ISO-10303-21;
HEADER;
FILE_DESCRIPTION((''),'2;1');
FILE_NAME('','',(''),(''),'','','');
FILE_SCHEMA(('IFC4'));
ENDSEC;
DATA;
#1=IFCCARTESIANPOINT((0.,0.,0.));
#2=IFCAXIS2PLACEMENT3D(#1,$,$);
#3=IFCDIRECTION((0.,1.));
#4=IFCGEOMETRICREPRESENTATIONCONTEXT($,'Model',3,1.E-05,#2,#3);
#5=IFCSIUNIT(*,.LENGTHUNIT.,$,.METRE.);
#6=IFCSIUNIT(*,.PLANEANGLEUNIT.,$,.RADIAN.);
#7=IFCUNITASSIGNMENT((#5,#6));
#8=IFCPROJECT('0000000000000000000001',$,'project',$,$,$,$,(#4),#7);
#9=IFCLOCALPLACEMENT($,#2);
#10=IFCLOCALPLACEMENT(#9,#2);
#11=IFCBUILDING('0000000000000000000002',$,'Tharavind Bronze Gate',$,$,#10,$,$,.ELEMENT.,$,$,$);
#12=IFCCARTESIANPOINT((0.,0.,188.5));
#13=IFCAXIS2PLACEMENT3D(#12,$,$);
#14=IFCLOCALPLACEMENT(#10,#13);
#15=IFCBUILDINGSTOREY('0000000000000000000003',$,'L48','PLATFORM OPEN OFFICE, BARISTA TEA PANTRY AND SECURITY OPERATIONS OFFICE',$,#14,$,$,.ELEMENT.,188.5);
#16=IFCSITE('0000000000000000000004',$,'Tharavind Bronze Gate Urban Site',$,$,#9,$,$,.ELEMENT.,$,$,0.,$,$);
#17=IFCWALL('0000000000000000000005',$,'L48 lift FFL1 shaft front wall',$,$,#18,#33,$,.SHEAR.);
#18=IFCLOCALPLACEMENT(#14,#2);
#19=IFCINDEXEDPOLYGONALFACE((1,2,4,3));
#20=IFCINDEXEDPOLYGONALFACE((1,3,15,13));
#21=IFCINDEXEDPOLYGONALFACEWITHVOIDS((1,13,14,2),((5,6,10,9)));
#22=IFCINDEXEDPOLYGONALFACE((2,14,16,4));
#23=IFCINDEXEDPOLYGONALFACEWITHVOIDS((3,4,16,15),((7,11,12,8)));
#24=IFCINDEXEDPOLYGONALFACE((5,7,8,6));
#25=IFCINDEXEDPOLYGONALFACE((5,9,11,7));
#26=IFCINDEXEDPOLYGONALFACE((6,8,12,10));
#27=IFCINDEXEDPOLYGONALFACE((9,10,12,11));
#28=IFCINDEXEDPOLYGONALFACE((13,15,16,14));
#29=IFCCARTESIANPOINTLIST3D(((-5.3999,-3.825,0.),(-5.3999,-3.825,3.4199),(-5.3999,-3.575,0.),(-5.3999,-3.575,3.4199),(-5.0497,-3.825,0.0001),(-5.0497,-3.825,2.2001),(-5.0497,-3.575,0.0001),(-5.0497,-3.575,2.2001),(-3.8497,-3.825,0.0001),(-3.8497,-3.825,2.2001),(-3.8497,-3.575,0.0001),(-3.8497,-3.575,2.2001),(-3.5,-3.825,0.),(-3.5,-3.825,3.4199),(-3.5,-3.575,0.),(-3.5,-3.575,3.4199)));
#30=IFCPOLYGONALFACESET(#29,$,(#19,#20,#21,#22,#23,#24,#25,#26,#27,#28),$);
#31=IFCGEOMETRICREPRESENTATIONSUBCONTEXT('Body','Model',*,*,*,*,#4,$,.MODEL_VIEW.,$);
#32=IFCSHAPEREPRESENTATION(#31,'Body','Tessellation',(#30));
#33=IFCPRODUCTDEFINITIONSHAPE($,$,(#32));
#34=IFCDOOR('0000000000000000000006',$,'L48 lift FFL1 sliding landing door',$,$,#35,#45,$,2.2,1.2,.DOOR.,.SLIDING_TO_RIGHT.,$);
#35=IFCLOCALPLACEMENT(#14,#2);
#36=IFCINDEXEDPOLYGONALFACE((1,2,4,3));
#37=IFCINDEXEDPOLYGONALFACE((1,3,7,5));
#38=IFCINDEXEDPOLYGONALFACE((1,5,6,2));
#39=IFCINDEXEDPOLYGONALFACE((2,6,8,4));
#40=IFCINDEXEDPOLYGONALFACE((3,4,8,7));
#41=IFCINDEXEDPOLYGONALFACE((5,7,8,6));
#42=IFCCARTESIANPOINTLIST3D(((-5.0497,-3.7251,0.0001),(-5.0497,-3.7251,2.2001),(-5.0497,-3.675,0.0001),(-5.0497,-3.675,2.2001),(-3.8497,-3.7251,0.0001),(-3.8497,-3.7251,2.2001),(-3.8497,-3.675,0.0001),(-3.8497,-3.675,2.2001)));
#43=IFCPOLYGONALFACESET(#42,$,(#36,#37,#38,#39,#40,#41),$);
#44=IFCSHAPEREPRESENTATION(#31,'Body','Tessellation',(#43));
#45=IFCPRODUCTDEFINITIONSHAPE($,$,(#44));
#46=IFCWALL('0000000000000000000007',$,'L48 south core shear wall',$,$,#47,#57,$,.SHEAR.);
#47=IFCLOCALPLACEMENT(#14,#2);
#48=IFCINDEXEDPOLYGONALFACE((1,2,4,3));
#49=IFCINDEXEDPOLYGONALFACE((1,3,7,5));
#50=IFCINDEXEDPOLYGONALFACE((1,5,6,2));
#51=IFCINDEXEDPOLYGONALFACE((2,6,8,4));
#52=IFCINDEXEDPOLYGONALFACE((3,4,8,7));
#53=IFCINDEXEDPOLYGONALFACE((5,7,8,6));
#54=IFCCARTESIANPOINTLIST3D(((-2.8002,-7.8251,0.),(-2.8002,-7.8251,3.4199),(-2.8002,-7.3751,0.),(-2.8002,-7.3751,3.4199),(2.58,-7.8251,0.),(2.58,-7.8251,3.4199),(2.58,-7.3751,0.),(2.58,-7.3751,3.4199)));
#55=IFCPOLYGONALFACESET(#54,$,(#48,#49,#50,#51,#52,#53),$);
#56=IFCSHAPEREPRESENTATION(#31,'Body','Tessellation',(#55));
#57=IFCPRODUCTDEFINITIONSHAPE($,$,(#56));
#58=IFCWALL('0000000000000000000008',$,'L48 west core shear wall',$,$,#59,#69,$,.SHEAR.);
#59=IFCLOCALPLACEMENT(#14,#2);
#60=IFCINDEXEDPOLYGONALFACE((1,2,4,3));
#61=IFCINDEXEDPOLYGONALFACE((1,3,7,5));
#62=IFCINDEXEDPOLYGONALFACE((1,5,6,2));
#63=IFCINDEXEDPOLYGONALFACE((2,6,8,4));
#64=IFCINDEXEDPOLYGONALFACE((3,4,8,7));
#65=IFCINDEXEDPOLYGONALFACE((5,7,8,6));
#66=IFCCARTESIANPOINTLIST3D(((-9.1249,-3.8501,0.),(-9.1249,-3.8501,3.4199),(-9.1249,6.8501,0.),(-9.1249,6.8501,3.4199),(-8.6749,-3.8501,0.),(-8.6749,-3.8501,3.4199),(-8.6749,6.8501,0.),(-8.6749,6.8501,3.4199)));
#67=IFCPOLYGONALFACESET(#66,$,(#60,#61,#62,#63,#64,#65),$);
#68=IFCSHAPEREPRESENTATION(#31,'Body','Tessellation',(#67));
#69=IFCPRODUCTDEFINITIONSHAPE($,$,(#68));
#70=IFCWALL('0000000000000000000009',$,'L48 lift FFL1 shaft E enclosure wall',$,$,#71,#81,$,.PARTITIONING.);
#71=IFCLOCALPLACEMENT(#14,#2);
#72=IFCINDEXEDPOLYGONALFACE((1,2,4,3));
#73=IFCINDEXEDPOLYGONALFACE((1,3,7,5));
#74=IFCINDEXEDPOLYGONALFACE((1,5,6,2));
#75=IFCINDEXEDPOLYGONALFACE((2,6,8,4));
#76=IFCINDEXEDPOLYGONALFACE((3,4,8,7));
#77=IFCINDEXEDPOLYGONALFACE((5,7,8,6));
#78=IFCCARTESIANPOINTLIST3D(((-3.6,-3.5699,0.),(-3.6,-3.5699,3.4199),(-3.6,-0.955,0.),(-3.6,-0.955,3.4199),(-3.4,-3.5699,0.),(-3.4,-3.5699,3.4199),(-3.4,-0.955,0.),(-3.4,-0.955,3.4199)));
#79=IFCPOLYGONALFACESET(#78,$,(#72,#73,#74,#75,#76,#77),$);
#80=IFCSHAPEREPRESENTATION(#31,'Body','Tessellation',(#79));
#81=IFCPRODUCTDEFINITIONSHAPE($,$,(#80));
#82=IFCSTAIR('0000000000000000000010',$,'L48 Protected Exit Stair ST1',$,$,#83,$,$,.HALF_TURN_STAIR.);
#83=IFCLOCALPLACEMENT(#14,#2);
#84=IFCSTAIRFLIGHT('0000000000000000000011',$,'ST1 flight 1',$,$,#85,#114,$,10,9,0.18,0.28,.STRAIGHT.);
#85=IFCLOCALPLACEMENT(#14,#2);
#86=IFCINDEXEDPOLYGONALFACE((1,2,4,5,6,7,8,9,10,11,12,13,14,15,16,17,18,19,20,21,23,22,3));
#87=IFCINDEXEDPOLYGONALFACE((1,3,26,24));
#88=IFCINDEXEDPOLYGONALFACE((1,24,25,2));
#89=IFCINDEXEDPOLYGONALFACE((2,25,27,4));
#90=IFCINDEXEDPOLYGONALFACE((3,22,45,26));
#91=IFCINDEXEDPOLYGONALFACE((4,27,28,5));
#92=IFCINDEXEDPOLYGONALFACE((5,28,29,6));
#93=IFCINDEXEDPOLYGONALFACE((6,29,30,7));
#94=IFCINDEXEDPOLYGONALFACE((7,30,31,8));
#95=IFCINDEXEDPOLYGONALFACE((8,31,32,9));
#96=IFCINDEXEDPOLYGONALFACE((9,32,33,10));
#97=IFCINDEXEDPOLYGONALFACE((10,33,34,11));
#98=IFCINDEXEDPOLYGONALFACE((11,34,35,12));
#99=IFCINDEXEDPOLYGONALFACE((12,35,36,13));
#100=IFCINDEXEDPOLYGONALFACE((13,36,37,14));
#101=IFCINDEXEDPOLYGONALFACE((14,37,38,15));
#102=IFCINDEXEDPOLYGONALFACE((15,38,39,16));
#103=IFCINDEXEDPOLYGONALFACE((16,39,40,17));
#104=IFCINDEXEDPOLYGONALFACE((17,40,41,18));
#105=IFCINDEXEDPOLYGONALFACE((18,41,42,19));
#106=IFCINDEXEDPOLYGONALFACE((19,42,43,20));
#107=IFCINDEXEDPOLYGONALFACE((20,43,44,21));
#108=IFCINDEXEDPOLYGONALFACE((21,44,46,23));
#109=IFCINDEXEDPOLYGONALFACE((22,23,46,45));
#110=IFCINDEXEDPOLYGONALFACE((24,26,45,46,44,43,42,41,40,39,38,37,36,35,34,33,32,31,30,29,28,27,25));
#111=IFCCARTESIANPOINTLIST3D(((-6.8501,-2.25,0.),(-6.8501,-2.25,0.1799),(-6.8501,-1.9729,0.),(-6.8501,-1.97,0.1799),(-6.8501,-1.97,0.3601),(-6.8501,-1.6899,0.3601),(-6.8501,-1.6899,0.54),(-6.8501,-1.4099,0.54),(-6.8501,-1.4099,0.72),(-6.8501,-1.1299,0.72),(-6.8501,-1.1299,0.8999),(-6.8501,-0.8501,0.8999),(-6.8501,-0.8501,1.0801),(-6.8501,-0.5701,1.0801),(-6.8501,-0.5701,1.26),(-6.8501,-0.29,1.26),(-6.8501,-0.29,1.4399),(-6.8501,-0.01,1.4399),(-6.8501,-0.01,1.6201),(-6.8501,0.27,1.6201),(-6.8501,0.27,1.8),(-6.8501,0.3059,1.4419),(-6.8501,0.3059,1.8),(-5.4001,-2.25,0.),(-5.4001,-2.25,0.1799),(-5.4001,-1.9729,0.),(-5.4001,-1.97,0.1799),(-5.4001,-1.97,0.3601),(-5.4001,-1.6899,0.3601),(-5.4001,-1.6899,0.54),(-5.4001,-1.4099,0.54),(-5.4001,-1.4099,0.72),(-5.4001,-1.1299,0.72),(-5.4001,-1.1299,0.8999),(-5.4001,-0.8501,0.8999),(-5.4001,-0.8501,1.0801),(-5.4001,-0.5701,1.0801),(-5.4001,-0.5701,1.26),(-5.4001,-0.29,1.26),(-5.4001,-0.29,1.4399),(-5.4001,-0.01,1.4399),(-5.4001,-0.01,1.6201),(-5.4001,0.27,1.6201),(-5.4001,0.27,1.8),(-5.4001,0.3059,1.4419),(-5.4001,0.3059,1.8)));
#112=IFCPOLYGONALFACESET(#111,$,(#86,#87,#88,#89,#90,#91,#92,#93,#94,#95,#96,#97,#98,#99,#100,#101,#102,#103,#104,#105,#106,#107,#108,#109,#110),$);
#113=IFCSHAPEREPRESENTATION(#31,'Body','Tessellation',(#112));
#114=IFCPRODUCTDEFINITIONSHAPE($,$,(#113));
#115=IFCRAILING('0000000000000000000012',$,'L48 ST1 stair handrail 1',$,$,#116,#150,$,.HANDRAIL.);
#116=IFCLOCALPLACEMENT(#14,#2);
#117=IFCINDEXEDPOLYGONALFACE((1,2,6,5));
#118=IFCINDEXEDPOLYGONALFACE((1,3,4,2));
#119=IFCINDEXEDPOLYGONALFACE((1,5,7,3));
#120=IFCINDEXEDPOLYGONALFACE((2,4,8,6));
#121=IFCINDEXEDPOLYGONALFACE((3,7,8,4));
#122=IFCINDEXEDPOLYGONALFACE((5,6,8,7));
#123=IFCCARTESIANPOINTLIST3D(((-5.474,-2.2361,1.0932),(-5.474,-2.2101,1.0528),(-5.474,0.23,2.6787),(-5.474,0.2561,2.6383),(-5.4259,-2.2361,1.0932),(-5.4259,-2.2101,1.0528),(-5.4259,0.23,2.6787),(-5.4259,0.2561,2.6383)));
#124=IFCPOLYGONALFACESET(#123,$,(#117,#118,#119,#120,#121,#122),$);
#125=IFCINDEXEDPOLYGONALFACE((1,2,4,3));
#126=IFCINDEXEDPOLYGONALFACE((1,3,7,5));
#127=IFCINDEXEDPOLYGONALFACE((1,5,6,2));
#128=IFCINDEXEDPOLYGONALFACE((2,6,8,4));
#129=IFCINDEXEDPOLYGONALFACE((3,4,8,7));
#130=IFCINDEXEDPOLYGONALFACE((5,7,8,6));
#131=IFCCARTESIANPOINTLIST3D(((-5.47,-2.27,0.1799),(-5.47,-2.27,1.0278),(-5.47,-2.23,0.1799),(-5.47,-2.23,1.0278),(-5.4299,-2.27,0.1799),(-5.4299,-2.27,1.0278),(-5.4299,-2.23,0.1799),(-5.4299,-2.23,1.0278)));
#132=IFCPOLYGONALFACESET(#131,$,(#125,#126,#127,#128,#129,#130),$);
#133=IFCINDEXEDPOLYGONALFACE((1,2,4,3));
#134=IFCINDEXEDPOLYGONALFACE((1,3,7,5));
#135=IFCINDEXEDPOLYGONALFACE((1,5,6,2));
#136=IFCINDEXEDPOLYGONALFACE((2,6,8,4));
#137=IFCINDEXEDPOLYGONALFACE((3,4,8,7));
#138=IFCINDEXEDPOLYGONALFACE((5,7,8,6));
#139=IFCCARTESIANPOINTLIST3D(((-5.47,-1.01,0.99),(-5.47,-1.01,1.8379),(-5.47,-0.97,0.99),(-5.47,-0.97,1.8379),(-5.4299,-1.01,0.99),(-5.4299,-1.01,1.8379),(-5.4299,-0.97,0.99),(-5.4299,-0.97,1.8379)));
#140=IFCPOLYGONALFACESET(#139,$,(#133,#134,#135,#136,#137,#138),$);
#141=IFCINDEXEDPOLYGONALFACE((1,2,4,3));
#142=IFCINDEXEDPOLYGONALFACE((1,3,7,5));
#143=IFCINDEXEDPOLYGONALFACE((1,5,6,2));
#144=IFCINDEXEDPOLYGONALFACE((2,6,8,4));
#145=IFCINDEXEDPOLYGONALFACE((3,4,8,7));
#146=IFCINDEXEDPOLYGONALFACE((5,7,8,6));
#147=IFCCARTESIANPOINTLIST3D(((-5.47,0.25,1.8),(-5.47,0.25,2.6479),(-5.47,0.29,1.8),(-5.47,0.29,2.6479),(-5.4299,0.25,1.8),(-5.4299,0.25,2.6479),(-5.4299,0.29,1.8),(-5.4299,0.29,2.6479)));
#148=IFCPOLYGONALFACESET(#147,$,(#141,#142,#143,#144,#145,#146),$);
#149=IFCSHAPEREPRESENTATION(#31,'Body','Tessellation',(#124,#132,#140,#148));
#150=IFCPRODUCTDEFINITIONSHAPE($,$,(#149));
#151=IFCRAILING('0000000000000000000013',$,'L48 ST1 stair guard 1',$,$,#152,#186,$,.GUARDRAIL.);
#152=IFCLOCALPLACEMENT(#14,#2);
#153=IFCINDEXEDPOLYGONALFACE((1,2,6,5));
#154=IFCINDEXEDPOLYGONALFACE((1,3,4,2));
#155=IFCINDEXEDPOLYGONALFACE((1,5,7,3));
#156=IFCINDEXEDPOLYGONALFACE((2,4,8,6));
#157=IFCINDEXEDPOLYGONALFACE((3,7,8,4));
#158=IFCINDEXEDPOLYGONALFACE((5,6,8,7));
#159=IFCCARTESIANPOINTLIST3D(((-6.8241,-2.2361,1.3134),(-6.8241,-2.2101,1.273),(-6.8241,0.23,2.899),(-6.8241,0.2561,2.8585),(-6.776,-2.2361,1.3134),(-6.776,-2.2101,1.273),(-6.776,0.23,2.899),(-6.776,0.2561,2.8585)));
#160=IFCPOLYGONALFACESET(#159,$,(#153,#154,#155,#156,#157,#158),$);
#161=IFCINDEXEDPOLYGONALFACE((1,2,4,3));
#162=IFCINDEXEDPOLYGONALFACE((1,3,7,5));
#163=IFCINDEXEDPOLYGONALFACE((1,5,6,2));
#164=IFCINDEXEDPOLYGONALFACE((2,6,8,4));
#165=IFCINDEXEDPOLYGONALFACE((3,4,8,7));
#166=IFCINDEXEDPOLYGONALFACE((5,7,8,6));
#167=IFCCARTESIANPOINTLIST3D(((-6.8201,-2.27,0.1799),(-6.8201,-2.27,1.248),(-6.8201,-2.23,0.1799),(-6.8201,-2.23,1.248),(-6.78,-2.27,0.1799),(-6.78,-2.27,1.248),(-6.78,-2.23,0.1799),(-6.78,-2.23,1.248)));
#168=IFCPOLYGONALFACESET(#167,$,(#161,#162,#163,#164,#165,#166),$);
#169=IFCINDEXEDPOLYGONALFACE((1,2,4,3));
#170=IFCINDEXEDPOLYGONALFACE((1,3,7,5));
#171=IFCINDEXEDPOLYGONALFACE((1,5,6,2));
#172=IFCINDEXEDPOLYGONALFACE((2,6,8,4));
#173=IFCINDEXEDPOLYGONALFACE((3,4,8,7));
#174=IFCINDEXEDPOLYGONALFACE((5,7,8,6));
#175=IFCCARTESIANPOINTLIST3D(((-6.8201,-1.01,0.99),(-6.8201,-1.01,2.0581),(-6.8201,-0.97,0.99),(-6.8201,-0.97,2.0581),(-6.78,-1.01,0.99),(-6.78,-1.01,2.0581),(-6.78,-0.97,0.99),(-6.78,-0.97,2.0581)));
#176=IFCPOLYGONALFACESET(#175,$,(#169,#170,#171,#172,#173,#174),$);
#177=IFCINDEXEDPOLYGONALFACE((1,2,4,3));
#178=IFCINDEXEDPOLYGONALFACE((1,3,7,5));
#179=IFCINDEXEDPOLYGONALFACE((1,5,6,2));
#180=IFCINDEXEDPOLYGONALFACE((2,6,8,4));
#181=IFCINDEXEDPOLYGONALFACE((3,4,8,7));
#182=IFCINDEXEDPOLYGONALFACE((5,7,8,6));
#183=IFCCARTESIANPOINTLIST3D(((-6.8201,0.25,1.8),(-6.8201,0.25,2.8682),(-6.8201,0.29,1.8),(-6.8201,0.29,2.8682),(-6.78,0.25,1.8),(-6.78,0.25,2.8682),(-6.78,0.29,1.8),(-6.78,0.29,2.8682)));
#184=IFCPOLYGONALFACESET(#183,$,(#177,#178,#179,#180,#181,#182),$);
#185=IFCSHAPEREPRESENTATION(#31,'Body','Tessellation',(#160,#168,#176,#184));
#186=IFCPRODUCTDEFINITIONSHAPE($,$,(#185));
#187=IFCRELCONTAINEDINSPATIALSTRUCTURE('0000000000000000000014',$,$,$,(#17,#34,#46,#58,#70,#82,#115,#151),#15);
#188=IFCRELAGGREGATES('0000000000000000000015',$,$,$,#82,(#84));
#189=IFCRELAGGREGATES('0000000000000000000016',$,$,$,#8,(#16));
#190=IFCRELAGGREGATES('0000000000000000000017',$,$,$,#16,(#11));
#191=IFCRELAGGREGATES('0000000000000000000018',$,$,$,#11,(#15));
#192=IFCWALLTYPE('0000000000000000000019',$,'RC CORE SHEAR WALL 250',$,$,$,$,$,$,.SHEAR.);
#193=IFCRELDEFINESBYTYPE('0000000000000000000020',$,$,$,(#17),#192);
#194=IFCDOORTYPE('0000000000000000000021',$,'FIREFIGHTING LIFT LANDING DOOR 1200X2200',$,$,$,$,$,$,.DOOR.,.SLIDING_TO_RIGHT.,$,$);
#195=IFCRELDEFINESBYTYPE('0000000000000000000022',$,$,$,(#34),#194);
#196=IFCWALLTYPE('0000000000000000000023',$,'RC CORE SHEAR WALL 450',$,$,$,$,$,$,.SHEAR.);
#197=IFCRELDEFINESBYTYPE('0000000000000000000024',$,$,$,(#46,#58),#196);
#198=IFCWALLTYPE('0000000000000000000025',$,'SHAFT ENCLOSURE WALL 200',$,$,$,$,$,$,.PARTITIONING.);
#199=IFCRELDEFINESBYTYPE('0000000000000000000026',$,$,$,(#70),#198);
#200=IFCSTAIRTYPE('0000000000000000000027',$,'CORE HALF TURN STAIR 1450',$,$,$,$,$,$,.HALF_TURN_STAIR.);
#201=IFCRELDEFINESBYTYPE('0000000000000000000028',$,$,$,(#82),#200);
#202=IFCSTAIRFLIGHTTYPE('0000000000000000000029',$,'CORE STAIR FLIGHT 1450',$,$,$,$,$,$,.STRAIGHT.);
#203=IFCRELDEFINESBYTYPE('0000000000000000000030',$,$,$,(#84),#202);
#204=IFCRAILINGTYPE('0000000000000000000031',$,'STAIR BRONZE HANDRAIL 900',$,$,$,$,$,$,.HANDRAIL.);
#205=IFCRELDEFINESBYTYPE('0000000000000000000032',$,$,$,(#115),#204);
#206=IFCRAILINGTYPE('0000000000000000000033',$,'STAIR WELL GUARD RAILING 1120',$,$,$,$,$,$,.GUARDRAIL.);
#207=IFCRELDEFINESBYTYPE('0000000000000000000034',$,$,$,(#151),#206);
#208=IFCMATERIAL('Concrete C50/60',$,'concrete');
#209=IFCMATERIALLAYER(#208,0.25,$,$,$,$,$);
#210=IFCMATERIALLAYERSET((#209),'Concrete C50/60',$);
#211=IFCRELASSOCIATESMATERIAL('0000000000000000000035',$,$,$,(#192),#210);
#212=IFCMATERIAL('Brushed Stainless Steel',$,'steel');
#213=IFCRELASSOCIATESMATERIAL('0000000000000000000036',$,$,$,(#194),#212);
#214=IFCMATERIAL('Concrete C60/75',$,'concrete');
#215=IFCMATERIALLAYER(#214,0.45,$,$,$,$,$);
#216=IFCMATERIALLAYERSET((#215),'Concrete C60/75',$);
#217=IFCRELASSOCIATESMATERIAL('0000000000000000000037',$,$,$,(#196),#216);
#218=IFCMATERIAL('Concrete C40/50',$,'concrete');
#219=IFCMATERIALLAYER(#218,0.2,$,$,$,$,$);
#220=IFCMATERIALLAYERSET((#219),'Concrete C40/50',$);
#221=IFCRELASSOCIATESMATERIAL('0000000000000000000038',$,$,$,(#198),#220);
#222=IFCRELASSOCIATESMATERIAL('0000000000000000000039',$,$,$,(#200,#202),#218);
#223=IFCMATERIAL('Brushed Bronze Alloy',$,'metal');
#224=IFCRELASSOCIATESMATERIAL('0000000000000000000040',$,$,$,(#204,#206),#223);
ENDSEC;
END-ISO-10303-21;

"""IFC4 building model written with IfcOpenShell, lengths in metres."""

from ifc_helpers import new_model, si_unit, direction, frame, frame_2d, origin, origin_2d, place, context, subcontext, project, spatial, polyline, rectangle, outline, extrude, material, layer, layer_set, type_object, element, fill, aggregate, save


model = new_model("IFC4")

# Units and contexts
model_context = context("Model", 3, precision=1e-05, world=origin(), true_north=direction((0.0, 1.0)))
body_context = subcontext(model_context, "Body", "Model", "MODEL_VIEW")
ifc_project = project(units=[si_unit("LENGTHUNIT", "METRE"), si_unit("PLANEANGLEUNIT", "RADIAN")], contexts=[model_context])

# Site, building, storey
site_placement = place(None, origin())
site = spatial("IfcSite", under=ifc_project, at=site_placement, Name="Tharavind Bronze Gate Urban Site", CompositionType="ELEMENT", RefElevation=0.0)
building_placement = place(site_placement, origin())
building = spatial("IfcBuilding", under=site, at=building_placement, Name="Tharavind Bronze Gate", CompositionType="ELEMENT")
storey_placement = place(building_placement, frame((0.0, 0.0, 188.5)))
storey = spatial("IfcBuildingStorey", under=building, at=storey_placement, Name="L48", Description="PLATFORM OPEN OFFICE, BARISTA TEA PANTRY AND SECURITY OPERATIONS OFFICE", CompositionType="ELEMENT", Elevation=188.5)

# Shared definitions
ifc_material_1 = material(Name="Concrete C60/75", Category="concrete")

# Shared definitions
ifc_material_2 = material(Name="Concrete C50/60", Category="concrete")
ifc_layer_1 = layer(ifc_material_2, 0.25)
ifc_layer_set_1 = layer_set([ifc_layer_1], Name="Concrete C50/60")
wall_type_1 = type_object("IfcWallType", Name="RC CORE SHEAR WALL 250", PredefinedType="SHEAR", material=ifc_layer_set_1)

# Wall, opening, door
wall_1_placement = place(storey_placement, frame((-5.3999, -3.7, 0.0), z_axis=(0.0, 0.0, 1.0), x_axis=(1.0, 0.0, 0.0)))
wall_1 = element("IfcWall", 1, at=wall_1_placement, inside=storey, type_object=wall_type_1, Name="L48 lift FFL1 shaft front wall", PredefinedType="SHEAR", context=body_context, shape_type="SweptSolid", body=[
    extrude(rectangle(XDim=1.8999, YDim=0.25, at=frame_2d((0.95, 0.0))), origin(), (0.0, 0.0, 1.0), 3.4199),
])
opening_1_placement = place(wall_1_placement, frame((0.3501, 0.0, 0.0)))
opening_1 = element("IfcOpeningElement", 2, at=opening_1_placement, cuts=wall_1, PredefinedType="OPENING", context=body_context, shape_type="SweptSolid", body=[
    extrude(rectangle(XDim=1.2, YDim=2.2, at=frame_2d((0.6001, 1.1001))), frame((0.0, 0.135, 0.0), z_axis=(0.0, -1.0, 0.0), x_axis=(1.0, 0.0, 0.0)), (0.0, 0.0, 1.0), 0.27),
])
ifc_material_3 = material(Name="Brushed Stainless Steel", Category="steel")
door_type_1 = type_object("IfcDoorType", Name="FIREFIGHTING LIFT LANDING DOOR 1200X2200", OperationType="SLIDING_TO_RIGHT", PredefinedType="DOOR", material=ifc_material_3)
door_1_placement = place(opening_1_placement, origin())
door_1 = element("IfcDoor", 3, at=door_1_placement, inside=storey, type_object=door_type_1, Name="L48 lift FFL1 sliding landing door", OperationType="SLIDING_TO_RIGHT", OverallHeight=2.2, OverallWidth=1.2, PredefinedType="DOOR", context=body_context, shape_type="SweptSolid", body=[
    extrude(rectangle(XDim=1.2, YDim=2.2, at=frame_2d((0.6001, 1.1001))), frame((0.0, 0.0249, 0.0), z_axis=(0.0, -1.0, 0.0), x_axis=(1.0, 0.0, 0.0)), (0.0, 0.0, 1.0), 0.05),
])
fill(opening_1, door_1)

# Walls
ifc_layer_2 = layer(ifc_material_1, 0.45)
ifc_layer_set_2 = layer_set([ifc_layer_2], Name="Concrete C60/75")
wall_type_2 = type_object("IfcWallType", Name="RC CORE SHEAR WALL 450", PredefinedType="SHEAR", material=ifc_layer_set_2)
wall_2_placement = place(storey_placement, frame((-2.8, -7.6001, 0.0), z_axis=(0.0, 0.0, 1.0), x_axis=(1.0, 0.0, 0.0)))
element("IfcWall", 4, at=wall_2_placement, inside=storey, type_object=wall_type_2, Name="L48 south core shear wall", PredefinedType="SHEAR", context=body_context, shape_type="SweptSolid", body=[
    extrude(rectangle(XDim=5.3801, YDim=0.45, at=frame_2d((2.6899, 0.0))), origin(), (0.0, 0.0, 1.0), 3.4199),
])
wall_3_placement = place(storey_placement, frame((-8.8999, -3.8501, 0.0), z_axis=(0.0, 0.0, 1.0), x_axis=(0.0, 1.0, 0.0)))
element("IfcWall", 5, at=wall_3_placement, inside=storey, type_object=wall_type_2, Name="L48 west core shear wall", PredefinedType="SHEAR", context=body_context, shape_type="SweptSolid", body=[
    extrude(rectangle(XDim=10.7002, YDim=0.45, at=frame_2d((5.3501, 0.0))), origin(), (0.0, 0.0, 1.0), 3.4199),
])
ifc_material_4 = material(Name="Concrete C40/50", Category="concrete")
ifc_layer_3 = layer(ifc_material_4, 0.2)
ifc_layer_set_3 = layer_set([ifc_layer_3], Name="Concrete C40/50")
wall_type_3 = type_object("IfcWallType", Name="SHAFT ENCLOSURE WALL 200", PredefinedType="PARTITIONING", material=ifc_layer_set_3)
wall_4_placement = place(storey_placement, frame((-3.5, -3.5701, 0.0), z_axis=(0.0, 0.0, 1.0), x_axis=(0.0, 1.0, 0.0)))
element("IfcWall", 6, at=wall_4_placement, inside=storey, type_object=wall_type_3, Name="L48 lift FFL1 shaft E enclosure wall", PredefinedType="PARTITIONING", context=body_context, shape_type="SweptSolid", body=[
    extrude(rectangle(XDim=2.615, YDim=0.2, at=frame_2d((1.3076, 0.0))), origin(), (0.0, 0.0, 1.0), 3.4199),
])

# Stair, stair flight
stair_type = type_object("IfcStairType", Name="CORE HALF TURN STAIR 1450", PredefinedType="HALF_TURN_STAIR", material=ifc_material_4)
stair_placement = place(storey_placement, origin())
stair = element("IfcStair", 7, at=stair_placement, inside=storey, type_object=stair_type, Name="L48 Protected Exit Stair ST1", PredefinedType="HALF_TURN_STAIR")
stair_flight_type = type_object("IfcStairFlightType", Name="CORE STAIR FLIGHT 1450", PredefinedType="STRAIGHT", material=ifc_material_4)
stair_flight_placement = place(storey_placement, frame((-6.125, -2.25, 0.0), z_axis=(0.0, 0.0, 1.0), x_axis=(0.0, 1.0, 0.0)))
stair_flight = element("IfcStairFlight", 8, at=stair_flight_placement, type_object=stair_flight_type, Name="ST1 flight 1", NumberOfRisers=10, NumberOfTreads=9, PredefinedType="STRAIGHT", RiserHeight=0.18, TreadLength=0.28, context=body_context, shape_type="SweptSolid", body=[
    extrude(outline(polyline([(0.0, 0.0), (0.0, 0.1799), (0.28, 0.1799), (0.28, 0.3601), (0.5601, 0.3601), (0.5601, 0.54), (0.8401, 0.54), (0.8401, 0.72), (1.1201, 0.72), (1.1201, 0.8999), (1.3999, 0.8999), (1.3999, 1.0801), (1.6799, 1.0801), (1.6799, 1.26), (1.96, 1.26), (1.96, 1.4399), (2.24, 1.4399), (2.24, 1.6201), (2.52, 1.6201), (2.52, 1.8), (2.5559, 1.8), (2.5559, 1.4419), (0.2771, 0.0), (0.0, 0.0)])), frame((0.0, 0.7251, 0.0), z_axis=(0.0, -1.0, 0.0), x_axis=(1.0, 0.0, 0.0)), (0.0, 0.0, 1.0), 1.45),
])
aggregate(stair, [stair_flight])

# Railings
ifc_material_5 = material(Name="Brushed Bronze Alloy", Category="metal")
railing_type_1 = type_object("IfcRailingType", Name="STAIR BRONZE HANDRAIL 900", PredefinedType="HANDRAIL", material=ifc_material_5)
railing_1_placement = place(storey_placement, frame((-5.45, -2.25, 0.1799)))
element("IfcRailing", 9, at=railing_1_placement, inside=storey, type_object=railing_type_1, Name="L48 ST1 stair handrail 1", PredefinedType="HANDRAIL", context=body_context, shape_type="SweptSolid", body=[
    extrude(rectangle(XDim=0.0481, YDim=0.0481, at=origin_2d()), frame((0.0, 0.0269, 0.8931), z_axis=(0.0, 0.841163, 0.540782), x_axis=(-1.0, 0.0, 0.0)), (0.0, 0.0, 1.0), 2.9319),
    extrude(rectangle(XDim=0.04, YDim=0.04, at=origin_2d()), origin(), (0.0, 0.0, 1.0), 0.8479),
    extrude(rectangle(XDim=0.04, YDim=0.04, at=origin_2d()), frame((0.0, 1.26, 0.8101)), (0.0, 0.0, 1.0), 0.8479),
    extrude(rectangle(XDim=0.04, YDim=0.04, at=origin_2d()), frame((0.0, 2.52, 1.6201)), (0.0, 0.0, 1.0), 0.8479),
])
railing_type_2 = type_object("IfcRailingType", Name="STAIR WELL GUARD RAILING 1120", PredefinedType="GUARDRAIL", material=ifc_material_5)
railing_2_placement = place(storey_placement, frame((-6.8, -2.25, 0.1799)))
element("IfcRailing", 10, at=railing_2_placement, inside=storey, type_object=railing_type_2, Name="L48 ST1 stair guard 1", PredefinedType="GUARDRAIL", context=body_context, shape_type="SweptSolid", body=[
    extrude(rectangle(XDim=0.0481, YDim=0.0481, at=origin_2d()), frame((0.0, 0.0269, 1.1133), z_axis=(0.0, 0.841163, 0.540782), x_axis=(-1.0, 0.0, 0.0)), (0.0, 0.0, 1.0), 2.9319),
    extrude(rectangle(XDim=0.04, YDim=0.04, at=origin_2d()), origin(), (0.0, 0.0, 1.0), 1.0681),
    extrude(rectangle(XDim=0.04, YDim=0.04, at=origin_2d()), frame((0.0, 1.26, 0.8101)), (0.0, 0.0, 1.0), 1.0681),
    extrude(rectangle(XDim=0.04, YDim=0.04, at=origin_2d()), frame((0.0, 2.52, 1.6201)), (0.0, 0.0, 1.0), 1.0681),
])

save(model, "model.ifc")
